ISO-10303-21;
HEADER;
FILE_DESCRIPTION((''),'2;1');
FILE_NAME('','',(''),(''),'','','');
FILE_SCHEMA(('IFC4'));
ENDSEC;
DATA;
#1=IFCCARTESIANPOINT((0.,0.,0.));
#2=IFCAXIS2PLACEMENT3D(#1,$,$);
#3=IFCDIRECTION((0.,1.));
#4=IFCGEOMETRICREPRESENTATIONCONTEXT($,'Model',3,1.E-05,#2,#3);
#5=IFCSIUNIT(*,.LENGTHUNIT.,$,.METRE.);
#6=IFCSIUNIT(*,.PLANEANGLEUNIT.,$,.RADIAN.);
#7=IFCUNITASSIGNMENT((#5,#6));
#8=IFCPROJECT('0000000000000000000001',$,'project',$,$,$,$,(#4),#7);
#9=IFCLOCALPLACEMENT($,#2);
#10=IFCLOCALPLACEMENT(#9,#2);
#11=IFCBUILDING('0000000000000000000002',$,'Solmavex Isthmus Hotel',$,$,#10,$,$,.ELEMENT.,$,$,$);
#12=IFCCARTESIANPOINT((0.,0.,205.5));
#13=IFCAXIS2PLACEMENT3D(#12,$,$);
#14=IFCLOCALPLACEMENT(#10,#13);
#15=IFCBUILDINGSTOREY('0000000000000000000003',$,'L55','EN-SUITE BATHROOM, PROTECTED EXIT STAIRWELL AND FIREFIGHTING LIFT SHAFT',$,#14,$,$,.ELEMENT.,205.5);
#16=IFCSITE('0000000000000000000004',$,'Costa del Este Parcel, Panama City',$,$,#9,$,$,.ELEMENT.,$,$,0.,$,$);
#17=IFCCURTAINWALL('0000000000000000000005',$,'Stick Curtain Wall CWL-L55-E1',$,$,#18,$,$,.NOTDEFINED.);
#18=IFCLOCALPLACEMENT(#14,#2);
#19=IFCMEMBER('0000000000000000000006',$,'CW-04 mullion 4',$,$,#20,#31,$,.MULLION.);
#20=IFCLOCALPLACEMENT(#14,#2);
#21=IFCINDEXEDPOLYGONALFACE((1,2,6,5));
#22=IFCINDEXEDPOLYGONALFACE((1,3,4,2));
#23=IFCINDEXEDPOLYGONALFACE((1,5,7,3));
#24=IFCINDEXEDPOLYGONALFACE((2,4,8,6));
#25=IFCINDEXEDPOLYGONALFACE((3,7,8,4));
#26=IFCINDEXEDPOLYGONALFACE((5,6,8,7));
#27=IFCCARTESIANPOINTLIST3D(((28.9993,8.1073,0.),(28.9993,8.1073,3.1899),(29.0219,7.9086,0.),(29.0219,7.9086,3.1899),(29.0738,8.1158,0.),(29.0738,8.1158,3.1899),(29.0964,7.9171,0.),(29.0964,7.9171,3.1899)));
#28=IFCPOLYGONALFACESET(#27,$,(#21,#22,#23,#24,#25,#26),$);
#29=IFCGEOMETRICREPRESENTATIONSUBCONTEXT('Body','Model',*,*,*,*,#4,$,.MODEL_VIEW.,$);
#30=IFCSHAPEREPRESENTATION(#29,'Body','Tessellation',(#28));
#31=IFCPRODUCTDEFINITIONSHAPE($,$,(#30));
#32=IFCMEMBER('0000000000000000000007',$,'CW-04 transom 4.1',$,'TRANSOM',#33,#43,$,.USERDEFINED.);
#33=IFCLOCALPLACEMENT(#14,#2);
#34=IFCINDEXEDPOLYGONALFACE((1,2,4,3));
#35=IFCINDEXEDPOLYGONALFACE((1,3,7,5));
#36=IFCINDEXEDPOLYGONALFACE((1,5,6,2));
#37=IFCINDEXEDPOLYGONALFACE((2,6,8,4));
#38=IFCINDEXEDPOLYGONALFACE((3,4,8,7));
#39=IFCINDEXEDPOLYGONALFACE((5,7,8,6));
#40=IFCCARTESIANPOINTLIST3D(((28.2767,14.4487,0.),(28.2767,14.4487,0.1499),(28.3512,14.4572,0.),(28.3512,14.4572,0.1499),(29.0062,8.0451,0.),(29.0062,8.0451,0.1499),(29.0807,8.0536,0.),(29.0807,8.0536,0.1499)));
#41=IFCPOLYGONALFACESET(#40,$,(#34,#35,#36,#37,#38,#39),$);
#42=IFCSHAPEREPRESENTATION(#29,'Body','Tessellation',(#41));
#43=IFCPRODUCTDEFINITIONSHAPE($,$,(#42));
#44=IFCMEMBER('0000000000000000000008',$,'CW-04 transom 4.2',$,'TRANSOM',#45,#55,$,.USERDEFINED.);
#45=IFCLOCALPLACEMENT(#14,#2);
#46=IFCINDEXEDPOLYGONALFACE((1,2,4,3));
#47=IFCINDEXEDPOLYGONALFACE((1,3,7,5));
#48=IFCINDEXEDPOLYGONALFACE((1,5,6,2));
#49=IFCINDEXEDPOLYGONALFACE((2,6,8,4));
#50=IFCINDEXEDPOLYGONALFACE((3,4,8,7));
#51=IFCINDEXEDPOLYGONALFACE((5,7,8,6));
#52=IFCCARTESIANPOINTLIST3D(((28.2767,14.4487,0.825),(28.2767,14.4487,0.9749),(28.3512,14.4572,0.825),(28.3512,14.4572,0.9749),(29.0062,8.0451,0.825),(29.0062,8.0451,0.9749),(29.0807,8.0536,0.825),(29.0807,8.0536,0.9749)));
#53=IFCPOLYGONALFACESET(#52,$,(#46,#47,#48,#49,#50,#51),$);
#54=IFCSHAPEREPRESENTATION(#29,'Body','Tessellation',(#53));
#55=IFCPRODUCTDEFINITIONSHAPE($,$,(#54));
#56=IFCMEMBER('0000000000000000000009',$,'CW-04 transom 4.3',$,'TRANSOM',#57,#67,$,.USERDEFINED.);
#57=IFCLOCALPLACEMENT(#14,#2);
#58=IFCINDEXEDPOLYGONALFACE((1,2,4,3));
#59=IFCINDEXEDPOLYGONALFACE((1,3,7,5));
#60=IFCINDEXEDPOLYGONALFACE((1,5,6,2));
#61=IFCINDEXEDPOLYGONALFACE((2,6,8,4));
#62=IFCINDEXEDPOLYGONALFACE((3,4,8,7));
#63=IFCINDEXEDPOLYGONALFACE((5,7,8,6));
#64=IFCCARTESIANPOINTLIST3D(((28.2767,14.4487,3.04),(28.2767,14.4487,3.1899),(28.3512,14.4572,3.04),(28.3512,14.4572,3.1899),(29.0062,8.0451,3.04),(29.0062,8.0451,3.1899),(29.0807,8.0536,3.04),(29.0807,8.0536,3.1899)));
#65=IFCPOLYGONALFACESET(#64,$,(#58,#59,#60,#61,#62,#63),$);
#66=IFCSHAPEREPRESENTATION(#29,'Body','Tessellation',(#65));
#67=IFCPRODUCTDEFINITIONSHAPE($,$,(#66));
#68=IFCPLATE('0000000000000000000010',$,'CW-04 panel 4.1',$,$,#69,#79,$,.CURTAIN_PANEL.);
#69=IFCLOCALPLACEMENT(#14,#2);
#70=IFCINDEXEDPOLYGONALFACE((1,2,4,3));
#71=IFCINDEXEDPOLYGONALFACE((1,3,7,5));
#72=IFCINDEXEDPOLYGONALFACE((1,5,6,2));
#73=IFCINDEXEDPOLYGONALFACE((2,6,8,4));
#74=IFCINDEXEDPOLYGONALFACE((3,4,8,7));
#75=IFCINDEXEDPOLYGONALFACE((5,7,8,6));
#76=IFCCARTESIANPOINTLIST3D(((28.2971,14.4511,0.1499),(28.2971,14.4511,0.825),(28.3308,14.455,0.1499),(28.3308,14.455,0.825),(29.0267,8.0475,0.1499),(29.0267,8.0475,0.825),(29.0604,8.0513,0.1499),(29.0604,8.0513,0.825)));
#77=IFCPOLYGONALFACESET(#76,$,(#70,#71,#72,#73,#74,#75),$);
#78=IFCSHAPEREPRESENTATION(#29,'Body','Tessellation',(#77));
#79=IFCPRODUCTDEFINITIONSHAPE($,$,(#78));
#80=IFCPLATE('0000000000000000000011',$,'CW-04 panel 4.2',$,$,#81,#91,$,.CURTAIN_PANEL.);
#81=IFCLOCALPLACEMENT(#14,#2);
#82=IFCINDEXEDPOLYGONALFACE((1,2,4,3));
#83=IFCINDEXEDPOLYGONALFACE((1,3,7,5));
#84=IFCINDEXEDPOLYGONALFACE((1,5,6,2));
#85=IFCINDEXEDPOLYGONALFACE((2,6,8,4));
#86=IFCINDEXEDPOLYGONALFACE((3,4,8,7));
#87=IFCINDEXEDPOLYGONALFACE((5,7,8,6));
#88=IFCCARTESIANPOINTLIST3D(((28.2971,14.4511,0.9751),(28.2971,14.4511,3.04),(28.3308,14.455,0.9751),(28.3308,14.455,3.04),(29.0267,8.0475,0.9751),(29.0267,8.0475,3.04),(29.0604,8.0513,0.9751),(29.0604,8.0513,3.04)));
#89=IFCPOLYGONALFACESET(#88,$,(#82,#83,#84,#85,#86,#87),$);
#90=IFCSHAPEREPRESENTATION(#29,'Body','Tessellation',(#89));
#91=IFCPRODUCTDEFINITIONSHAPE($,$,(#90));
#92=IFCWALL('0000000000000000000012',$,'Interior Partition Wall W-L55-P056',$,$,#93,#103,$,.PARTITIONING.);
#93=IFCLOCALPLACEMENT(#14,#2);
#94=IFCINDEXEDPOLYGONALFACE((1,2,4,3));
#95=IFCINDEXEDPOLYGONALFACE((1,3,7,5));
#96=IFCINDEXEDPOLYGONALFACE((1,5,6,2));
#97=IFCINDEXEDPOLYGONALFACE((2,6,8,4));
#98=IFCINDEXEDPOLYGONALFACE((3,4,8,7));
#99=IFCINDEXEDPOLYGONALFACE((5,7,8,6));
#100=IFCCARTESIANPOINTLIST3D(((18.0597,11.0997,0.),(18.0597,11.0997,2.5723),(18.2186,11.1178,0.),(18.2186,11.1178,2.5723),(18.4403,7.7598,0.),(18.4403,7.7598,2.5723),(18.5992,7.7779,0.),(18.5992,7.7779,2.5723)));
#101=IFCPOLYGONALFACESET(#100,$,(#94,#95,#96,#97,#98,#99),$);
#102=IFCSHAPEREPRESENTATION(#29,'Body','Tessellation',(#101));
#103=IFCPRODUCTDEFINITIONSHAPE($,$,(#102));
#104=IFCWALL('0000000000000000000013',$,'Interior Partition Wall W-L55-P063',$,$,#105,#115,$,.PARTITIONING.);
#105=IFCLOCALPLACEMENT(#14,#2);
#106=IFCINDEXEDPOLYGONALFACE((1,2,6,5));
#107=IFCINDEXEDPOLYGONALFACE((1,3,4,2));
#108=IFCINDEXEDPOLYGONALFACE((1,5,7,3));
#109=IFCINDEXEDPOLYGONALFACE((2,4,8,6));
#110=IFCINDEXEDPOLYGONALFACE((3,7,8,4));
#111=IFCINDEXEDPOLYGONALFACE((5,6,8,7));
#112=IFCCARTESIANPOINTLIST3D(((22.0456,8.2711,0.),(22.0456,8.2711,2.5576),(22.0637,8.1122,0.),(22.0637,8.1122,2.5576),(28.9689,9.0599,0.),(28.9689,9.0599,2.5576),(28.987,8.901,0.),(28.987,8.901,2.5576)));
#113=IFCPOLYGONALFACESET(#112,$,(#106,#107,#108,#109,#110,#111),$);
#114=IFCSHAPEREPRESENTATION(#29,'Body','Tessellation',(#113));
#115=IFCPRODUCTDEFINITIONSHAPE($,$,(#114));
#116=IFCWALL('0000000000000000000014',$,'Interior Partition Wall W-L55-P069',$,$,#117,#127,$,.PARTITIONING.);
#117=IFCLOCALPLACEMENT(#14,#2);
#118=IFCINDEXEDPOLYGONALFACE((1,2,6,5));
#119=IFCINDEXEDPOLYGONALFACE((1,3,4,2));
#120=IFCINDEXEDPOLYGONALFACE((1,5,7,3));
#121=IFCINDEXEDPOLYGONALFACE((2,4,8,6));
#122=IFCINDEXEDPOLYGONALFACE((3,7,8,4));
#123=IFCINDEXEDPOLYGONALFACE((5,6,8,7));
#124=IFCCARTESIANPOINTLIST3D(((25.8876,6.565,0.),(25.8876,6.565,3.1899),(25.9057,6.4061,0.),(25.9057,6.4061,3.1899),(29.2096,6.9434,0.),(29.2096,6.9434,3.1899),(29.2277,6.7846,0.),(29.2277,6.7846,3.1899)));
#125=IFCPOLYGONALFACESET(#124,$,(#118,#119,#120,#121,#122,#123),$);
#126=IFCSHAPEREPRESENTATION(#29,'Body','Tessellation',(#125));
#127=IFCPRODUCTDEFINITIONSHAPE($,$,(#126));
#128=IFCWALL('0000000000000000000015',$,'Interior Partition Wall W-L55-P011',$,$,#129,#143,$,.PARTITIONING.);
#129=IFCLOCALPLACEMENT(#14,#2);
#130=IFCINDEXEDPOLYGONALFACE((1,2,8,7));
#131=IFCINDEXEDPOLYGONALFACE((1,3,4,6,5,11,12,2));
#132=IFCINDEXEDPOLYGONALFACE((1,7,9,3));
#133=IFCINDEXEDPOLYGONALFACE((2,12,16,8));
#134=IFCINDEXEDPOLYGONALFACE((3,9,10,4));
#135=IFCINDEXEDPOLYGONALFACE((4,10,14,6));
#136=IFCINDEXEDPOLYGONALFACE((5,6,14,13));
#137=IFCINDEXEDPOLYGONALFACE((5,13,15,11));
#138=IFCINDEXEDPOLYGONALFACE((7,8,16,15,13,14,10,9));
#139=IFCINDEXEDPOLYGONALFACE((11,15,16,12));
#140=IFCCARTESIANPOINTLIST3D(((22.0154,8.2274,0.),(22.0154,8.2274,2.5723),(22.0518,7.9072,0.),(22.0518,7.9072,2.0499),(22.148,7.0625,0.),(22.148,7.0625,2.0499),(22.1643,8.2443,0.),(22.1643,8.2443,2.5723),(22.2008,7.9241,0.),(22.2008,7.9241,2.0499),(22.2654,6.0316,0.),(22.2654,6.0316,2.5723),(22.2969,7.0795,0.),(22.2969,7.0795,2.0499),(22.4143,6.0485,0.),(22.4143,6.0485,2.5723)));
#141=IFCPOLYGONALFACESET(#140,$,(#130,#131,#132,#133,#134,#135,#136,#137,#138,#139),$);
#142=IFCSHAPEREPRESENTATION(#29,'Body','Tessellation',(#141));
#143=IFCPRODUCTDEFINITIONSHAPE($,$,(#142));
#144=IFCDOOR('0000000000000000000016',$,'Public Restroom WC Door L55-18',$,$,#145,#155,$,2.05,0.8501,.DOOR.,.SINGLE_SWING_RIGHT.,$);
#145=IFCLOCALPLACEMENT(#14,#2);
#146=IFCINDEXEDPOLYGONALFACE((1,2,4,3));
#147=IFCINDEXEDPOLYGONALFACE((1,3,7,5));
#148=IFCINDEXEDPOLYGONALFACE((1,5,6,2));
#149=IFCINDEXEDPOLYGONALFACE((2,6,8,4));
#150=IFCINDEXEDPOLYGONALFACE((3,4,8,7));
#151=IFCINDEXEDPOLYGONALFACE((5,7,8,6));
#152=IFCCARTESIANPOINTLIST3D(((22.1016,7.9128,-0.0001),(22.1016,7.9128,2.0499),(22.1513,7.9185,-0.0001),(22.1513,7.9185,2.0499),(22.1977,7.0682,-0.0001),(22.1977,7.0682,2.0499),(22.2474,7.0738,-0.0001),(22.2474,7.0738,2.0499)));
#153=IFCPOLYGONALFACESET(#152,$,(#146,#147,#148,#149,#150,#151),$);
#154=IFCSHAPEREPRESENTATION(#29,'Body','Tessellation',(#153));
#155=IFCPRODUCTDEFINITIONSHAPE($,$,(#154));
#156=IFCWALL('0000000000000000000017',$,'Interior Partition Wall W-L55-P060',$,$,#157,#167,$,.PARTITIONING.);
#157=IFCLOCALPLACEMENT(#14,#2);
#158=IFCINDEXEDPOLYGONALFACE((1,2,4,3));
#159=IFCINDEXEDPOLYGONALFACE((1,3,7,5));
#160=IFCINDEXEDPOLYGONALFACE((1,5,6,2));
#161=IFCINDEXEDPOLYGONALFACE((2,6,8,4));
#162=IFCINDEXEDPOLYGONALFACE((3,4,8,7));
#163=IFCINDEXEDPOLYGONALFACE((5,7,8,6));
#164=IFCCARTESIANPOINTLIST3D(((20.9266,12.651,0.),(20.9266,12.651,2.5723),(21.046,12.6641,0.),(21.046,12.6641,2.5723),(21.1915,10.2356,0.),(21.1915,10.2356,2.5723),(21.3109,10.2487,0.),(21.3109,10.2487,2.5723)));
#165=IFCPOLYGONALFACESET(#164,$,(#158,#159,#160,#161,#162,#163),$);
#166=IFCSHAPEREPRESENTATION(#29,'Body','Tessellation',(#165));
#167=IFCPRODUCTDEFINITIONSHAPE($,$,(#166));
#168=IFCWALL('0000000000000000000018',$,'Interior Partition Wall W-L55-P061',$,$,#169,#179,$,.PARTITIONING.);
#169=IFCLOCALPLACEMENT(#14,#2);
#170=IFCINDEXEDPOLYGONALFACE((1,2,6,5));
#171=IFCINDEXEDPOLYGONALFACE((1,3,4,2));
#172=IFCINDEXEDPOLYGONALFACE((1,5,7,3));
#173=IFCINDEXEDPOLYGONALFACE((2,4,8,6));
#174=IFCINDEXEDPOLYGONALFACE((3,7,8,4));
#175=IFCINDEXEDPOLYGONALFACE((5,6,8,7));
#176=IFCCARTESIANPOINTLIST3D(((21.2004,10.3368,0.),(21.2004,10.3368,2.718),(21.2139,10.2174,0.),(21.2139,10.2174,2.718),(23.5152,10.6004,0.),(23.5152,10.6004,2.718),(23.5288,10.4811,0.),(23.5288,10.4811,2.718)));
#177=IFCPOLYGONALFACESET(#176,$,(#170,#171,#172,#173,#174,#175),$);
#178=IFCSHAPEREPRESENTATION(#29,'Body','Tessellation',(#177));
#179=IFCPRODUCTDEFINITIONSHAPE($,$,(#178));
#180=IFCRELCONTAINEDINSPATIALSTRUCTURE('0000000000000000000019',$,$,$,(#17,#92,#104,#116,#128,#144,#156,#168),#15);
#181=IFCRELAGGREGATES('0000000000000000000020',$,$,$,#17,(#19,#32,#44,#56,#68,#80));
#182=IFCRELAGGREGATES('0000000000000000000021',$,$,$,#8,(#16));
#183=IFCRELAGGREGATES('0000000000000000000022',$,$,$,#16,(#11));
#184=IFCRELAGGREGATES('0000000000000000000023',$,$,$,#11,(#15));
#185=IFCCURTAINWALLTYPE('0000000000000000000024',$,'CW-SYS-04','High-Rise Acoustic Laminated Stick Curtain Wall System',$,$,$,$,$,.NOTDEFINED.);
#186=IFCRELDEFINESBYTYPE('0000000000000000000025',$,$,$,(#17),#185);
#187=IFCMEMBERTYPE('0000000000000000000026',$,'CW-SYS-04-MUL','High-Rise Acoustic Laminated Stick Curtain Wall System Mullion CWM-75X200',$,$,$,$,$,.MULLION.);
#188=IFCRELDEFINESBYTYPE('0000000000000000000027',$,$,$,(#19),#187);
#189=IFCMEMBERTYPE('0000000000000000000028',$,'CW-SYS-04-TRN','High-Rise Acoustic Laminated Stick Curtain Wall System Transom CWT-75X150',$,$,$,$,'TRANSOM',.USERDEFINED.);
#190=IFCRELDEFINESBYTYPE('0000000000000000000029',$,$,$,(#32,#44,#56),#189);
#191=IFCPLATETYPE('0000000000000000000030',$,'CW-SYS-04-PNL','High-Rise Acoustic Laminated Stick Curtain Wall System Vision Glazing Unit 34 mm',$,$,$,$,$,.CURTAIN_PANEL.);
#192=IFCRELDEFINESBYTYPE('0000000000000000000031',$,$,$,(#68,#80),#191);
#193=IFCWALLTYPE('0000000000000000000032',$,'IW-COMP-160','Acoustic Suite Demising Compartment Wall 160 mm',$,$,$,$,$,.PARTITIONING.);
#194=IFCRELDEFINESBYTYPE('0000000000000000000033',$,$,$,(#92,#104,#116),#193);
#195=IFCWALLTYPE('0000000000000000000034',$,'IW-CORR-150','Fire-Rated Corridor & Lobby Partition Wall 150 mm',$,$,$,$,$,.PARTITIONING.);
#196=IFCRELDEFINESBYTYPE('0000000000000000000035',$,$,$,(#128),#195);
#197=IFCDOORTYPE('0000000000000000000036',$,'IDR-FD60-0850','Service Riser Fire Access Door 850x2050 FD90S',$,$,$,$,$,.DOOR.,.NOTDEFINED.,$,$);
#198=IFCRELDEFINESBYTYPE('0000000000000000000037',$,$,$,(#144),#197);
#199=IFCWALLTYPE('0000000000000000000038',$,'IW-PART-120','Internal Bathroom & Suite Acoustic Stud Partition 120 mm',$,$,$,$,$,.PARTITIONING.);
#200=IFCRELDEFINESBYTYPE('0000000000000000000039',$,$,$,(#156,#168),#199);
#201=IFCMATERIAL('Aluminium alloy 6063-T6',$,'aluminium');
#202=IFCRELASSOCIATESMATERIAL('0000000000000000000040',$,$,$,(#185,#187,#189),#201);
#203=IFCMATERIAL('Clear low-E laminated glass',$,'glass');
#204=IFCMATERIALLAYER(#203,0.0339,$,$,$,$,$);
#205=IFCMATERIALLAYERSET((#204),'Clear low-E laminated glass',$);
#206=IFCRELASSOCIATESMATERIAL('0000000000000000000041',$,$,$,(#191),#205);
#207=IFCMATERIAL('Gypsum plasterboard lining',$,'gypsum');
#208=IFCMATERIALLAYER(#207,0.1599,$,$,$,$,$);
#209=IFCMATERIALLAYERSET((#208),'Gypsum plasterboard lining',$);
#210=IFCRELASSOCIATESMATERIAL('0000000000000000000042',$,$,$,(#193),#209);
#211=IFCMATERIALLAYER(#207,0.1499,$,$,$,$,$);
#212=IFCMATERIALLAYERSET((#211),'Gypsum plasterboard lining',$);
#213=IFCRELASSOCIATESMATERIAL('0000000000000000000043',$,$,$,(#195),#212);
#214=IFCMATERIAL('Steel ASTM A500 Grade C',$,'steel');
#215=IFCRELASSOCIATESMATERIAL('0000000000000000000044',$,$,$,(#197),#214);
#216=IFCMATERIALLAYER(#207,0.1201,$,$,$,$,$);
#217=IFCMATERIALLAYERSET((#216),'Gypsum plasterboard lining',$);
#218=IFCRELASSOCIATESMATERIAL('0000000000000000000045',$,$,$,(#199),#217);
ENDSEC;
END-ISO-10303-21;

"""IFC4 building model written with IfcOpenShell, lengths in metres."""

from ifc_helpers import new_model, si_unit, direction, frame, frame_2d, origin, origin_2d, place, context, subcontext, project, spatial, rectangle, extrude, material, layer, layer_set, material_profile, profile_set, type_object, element, fill, aggregate, save


model = new_model("IFC4")

# Units and contexts
model_context = context("Model", 3, precision=1e-05, world=origin(), true_north=direction((0.0, 1.0)))
body_context = subcontext(model_context, "Body", "Model", "MODEL_VIEW")
ifc_project = project(units=[si_unit("LENGTHUNIT", "METRE"), si_unit("PLANEANGLEUNIT", "RADIAN")], contexts=[model_context])

# Site, building, storey
site_placement = place(None, origin())
site = spatial("IfcSite", under=ifc_project, at=site_placement, Name="Costa del Este Parcel, Panama City", CompositionType="ELEMENT", RefElevation=0.0)
building_placement = place(site_placement, origin())
building = spatial("IfcBuilding", under=site, at=building_placement, Name="Solmavex Isthmus Hotel", CompositionType="ELEMENT")
storey_placement = place(building_placement, frame((0.0, 0.0, 205.5)))
storey = spatial("IfcBuildingStorey", under=building, at=storey_placement, Name="L55", Description="EN-SUITE BATHROOM, PROTECTED EXIT STAIRWELL AND FIREFIGHTING LIFT SHAFT", CompositionType="ELEMENT", Elevation=205.5)

# Curtain wall, members, plates
ifc_material_1 = material(Name="Aluminium alloy 6063-T6", Category="aluminium")
curtain_wall_type = type_object("IfcCurtainWallType", Name="CW-SYS-04", Description="High-Rise Acoustic Laminated Stick Curtain Wall System", PredefinedType="NOTDEFINED", material=ifc_material_1)
curtain_wall_placement = place(storey_placement, origin())
curtain_wall = element("IfcCurtainWall", 1, at=curtain_wall_placement, inside=storey, type_object=curtain_wall_type, Name="Stick Curtain Wall CWL-L55-E1", PredefinedType="NOTDEFINED")
ifc_material_profile_1 = material_profile(ifc_material_1, rectangle(XDim=0.075, YDim=0.2, at=origin_2d()), Name="CWM-75X200")
ifc_profile_set_1 = profile_set([ifc_material_profile_1], Name="Aluminium alloy 6063-T6")
member_type_1 = type_object("IfcMemberType", Name="CW-SYS-04-MUL", Description="High-Rise Acoustic Laminated Stick Curtain Wall System Mullion CWM-75X200", PredefinedType="MULLION", material=ifc_profile_set_1)
member_1_placement = place(storey_placement, frame((29.0479, 8.0122, 0.0), z_axis=(0.0, 0.0, 1.0), x_axis=(-0.993572, -0.113203, 0.0)))
member_1 = element("IfcMember", 2, at=member_1_placement, type_object=member_type_1, Name="CW-04 mullion 4", PredefinedType="MULLION", context=body_context, shape_type="SweptSolid", body=[
    extrude(rectangle(XDim=0.075, YDim=0.2, at=origin_2d()), origin(), (0.0, 0.0, 1.0), 3.1899),
])
ifc_material_profile_2 = material_profile(ifc_material_1, rectangle(XDim=0.075, YDim=0.1499, at=origin_2d()), Name="CWT-75X150")
ifc_profile_set_2 = profile_set([ifc_material_profile_2], Name="Aluminium alloy 6063-T6")
member_type_2 = type_object("IfcMemberType", Name="CW-SYS-04-TRN", Description="High-Rise Acoustic Laminated Stick Curtain Wall System Transom CWT-75X150", ElementType="TRANSOM", PredefinedType="USERDEFINED", material=ifc_profile_set_2)
member_2_placement = place(storey_placement, frame((29.0435, 8.0493, 0.075), z_axis=(-0.113188, 0.993574, 0.0), x_axis=(-0.993574, -0.113188, 0.0)))
member_2 = element("IfcMember", 3, at=member_2_placement, type_object=member_type_2, Name="CW-04 transom 4.1", ObjectType="TRANSOM", PredefinedType="USERDEFINED", context=body_context, shape_type="SweptSolid", body=[
    extrude(rectangle(XDim=0.075, YDim=0.1499, at=origin_2d()), origin(), (0.0, 0.0, 1.0), 6.4451),
])
member_3_placement = place(storey_placement, frame((29.0435, 8.0493, 0.8999), z_axis=(-0.113188, 0.993574, 0.0), x_axis=(-0.993574, -0.113188, 0.0)))
member_3 = element("IfcMember", 4, at=member_3_placement, type_object=member_type_2, Name="CW-04 transom 4.2", ObjectType="TRANSOM", PredefinedType="USERDEFINED", context=body_context, shape_type="SweptSolid", body=[
    extrude(rectangle(XDim=0.075, YDim=0.1499, at=origin_2d()), origin(), (0.0, 0.0, 1.0), 6.4451),
])
member_4_placement = place(storey_placement, frame((29.0435, 8.0493, 3.115), z_axis=(-0.113188, 0.993574, 0.0), x_axis=(-0.993574, -0.113188, 0.0)))
member_4 = element("IfcMember", 5, at=member_4_placement, type_object=member_type_2, Name="CW-04 transom 4.3", ObjectType="TRANSOM", PredefinedType="USERDEFINED", context=body_context, shape_type="SweptSolid", body=[
    extrude(rectangle(XDim=0.075, YDim=0.1499, at=origin_2d()), origin(), (0.0, 0.0, 1.0), 6.4451),
])
ifc_material_2 = material(Name="Clear low-E laminated glass", Category="glass")
ifc_layer_1 = layer(ifc_material_2, 0.0339)
ifc_layer_set_1 = layer_set([ifc_layer_1], Name="Clear low-E laminated glass")
plate_type = type_object("IfcPlateType", Name="CW-SYS-04-PNL", Description="High-Rise Acoustic Laminated Stick Curtain Wall System Vision Glazing Unit 34 mm", PredefinedType="CURTAIN_PANEL", material=ifc_layer_set_1)
plate_1_placement = place(storey_placement, frame((28.6787, 11.2512, 0.1499), z_axis=(0.0, 0.0, 1.0), x_axis=(-0.113203, 0.993572, 0.0)))
plate_1 = element("IfcPlate", 6, at=plate_1_placement, type_object=plate_type, Name="CW-04 panel 4.1", PredefinedType="CURTAIN_PANEL", context=body_context, shape_type="SweptSolid", body=[
    extrude(rectangle(XDim=6.4451, YDim=0.0339, at=origin_2d()), origin(), (0.0, 0.0, 1.0), 0.675),
])
plate_2_placement = place(storey_placement, frame((28.6787, 11.2512, 0.9751), z_axis=(0.0, 0.0, 1.0), x_axis=(-0.113203, 0.993572, 0.0)))
plate_2 = element("IfcPlate", 7, at=plate_2_placement, type_object=plate_type, Name="CW-04 panel 4.2", PredefinedType="CURTAIN_PANEL", context=body_context, shape_type="SweptSolid", body=[
    extrude(rectangle(XDim=6.4451, YDim=0.0339, at=origin_2d()), origin(), (0.0, 0.0, 1.0), 2.0649),
])
aggregate(curtain_wall, [member_1, member_2, member_3, member_4, plate_1, plate_2])

# Wall
ifc_material_3 = material(Name="Gypsum plasterboard lining", Category="gypsum")
ifc_layer_2 = layer(ifc_material_3, 0.1599)
ifc_layer_set_2 = layer_set([ifc_layer_2], Name="Gypsum plasterboard lining")
wall_type_1 = type_object("IfcWallType", Name="IW-COMP-160", Description="Acoustic Suite Demising Compartment Wall 160 mm", PredefinedType="PARTITIONING", material=ifc_layer_set_2)
wall_1_placement = place(storey_placement, frame((18.1392, 11.1086, 0.0), z_axis=(0.0, 0.0, 1.0), x_axis=(0.113229, -0.993569, 0.0)))
element("IfcWall", 8, at=wall_1_placement, inside=storey, type_object=wall_type_1, Name="Interior Partition Wall W-L55-P056", PredefinedType="PARTITIONING", context=body_context, shape_type="SweptSolid", body=[
    extrude(rectangle(XDim=3.3616, YDim=0.1599, at=frame_2d((1.6807, 0.0))), origin(), (0.0, 0.0, 1.0), 2.5723),
])

# Walls
wall_2_placement = place(storey_placement, frame((28.9778, 8.9805, 0.0), z_axis=(0.0, 0.0, 1.0), x_axis=(-0.993572, -0.113204, 0.0)))
element("IfcWall", 9, at=wall_2_placement, inside=storey, type_object=wall_type_1, Name="Interior Partition Wall W-L55-P063", PredefinedType="PARTITIONING", context=body_context, shape_type="SweptSolid", body=[
    extrude(rectangle(XDim=6.968, YDim=0.1599, at=frame_2d((3.4839, 0.0))), origin(), (0.0, 0.0, 1.0), 2.5576),
])
wall_3_placement = place(storey_placement, frame((29.2188, 6.864, 0.0), z_axis=(0.0, 0.0, 1.0), x_axis=(-0.993574, -0.11318, 0.0)))
element("IfcWall", 10, at=wall_3_placement, inside=storey, type_object=wall_type_1, Name="Interior Partition Wall W-L55-P069", PredefinedType="PARTITIONING", context=body_context, shape_type="SweptSolid", body=[
    extrude(rectangle(XDim=3.3435, YDim=0.1599, at=frame_2d((1.6719, 0.0))), origin(), (0.0, 0.0, 1.0), 3.1899),
])

# Wall, opening, door
ifc_layer_3 = layer(ifc_material_3, 0.1499)
ifc_layer_set_3 = layer_set([ifc_layer_3], Name="Gypsum plasterboard lining")
wall_type_2 = type_object("IfcWallType", Name="IW-CORR-150", Description="Fire-Rated Corridor & Lobby Partition Wall 150 mm", PredefinedType="PARTITIONING", material=ifc_layer_set_3)
wall_4_placement = place(storey_placement, frame((22.0898, 8.2358, 0.0), z_axis=(0.0, 0.0, 1.0), x_axis=(0.113123, -0.993581, 0.0)))
wall_4 = element("IfcWall", 11, at=wall_4_placement, inside=storey, type_object=wall_type_2, Name="Interior Partition Wall W-L55-P011", PredefinedType="PARTITIONING", context=body_context, shape_type="SweptSolid", body=[
    extrude(rectangle(XDim=2.21, YDim=0.1499, at=frame_2d((1.105, 0.0))), origin(), (0.0, 0.0, 1.0), 2.5723),
])
opening_1_placement = place(wall_4_placement, frame((0.3223, 0.0, 0.0)))
opening_1 = element("IfcOpeningElement", 12, at=opening_1_placement, cuts=wall_4, PredefinedType="OPENING", context=body_context, shape_type="SweptSolid", body=[
    extrude(rectangle(XDim=0.8501, YDim=2.05, at=frame_2d((0.425, 1.0249))), frame((0.0, 0.085, 0.0), z_axis=(0.0, -1.0, 0.0), x_axis=(1.0, 0.0, 0.0)), (0.0, 0.0, 1.0), 0.1699),
])
ifc_material_4 = material(Name="Steel ASTM A500 Grade C", Category="steel")
door_type_1 = type_object("IfcDoorType", Name="IDR-FD60-0850", Description="Service Riser Fire Access Door 850x2050 FD90S", OperationType="NOTDEFINED", PredefinedType="DOOR", material=ifc_material_4)
door_1_placement = place(opening_1_placement, frame((0.8501, 0.0, 0.0), z_axis=(0.0, 0.0, 1.0), x_axis=(-1.0, 0.0, 0.0)))
door_1 = element("IfcDoor", 13, at=door_1_placement, inside=storey, type_object=door_type_1, Name="Public Restroom WC Door L55-18", OperationType="SINGLE_SWING_RIGHT", OverallHeight=2.05, OverallWidth=0.8501, PredefinedType="DOOR", context=body_context, shape_type="SweptSolid", body=[
    extrude(rectangle(XDim=0.8501, YDim=2.05, at=frame_2d((0.425, 1.0249))), frame((0.0, 0.0249, 0.0), z_axis=(0.0, -1.0, 0.0), x_axis=(1.0, 0.0, 0.0)), (0.0, 0.0, 1.0), 0.05),
])
fill(opening_1, door_1)

# Walls
ifc_layer_4 = layer(ifc_material_3, 0.1201)
ifc_layer_set_4 = layer_set([ifc_layer_4], Name="Gypsum plasterboard lining")
wall_type_3 = type_object("IfcWallType", Name="IW-PART-120", Description="Internal Bathroom & Suite Acoustic Stud Partition 120 mm", PredefinedType="PARTITIONING", material=ifc_layer_set_4)
wall_5_placement = place(storey_placement, frame((20.9863, 12.6575, 0.0), z_axis=(0.0, 0.0, 1.0), x_axis=(0.109009, -0.994041, 0.0)))
element("IfcWall", 14, at=wall_5_placement, inside=storey, type_object=wall_type_3, Name="Interior Partition Wall W-L55-P060", PredefinedType="PARTITIONING", context=body_context, shape_type="SweptSolid", body=[
    extrude(rectangle(XDim=2.4299, YDim=0.1201, at=frame_2d((1.2148, 0.0))), origin(), (0.0, 0.0, 1.0), 2.5723),
])
wall_6_placement = place(storey_placement, frame((21.207, 10.2771, 0.0), z_axis=(0.0, 0.0, 1.0), x_axis=(0.993576, 0.113168, 0.0)))
element("IfcWall", 15, at=wall_6_placement, inside=storey, type_object=wall_type_3, Name="Interior Partition Wall W-L55-P061", PredefinedType="PARTITIONING", context=body_context, shape_type="SweptSolid", body=[
    extrude(rectangle(XDim=2.3298, YDim=0.1201, at=frame_2d((1.165, 0.0))), origin(), (0.0, 0.0, 1.0), 2.718),
])

save(model, "model.ifc")
